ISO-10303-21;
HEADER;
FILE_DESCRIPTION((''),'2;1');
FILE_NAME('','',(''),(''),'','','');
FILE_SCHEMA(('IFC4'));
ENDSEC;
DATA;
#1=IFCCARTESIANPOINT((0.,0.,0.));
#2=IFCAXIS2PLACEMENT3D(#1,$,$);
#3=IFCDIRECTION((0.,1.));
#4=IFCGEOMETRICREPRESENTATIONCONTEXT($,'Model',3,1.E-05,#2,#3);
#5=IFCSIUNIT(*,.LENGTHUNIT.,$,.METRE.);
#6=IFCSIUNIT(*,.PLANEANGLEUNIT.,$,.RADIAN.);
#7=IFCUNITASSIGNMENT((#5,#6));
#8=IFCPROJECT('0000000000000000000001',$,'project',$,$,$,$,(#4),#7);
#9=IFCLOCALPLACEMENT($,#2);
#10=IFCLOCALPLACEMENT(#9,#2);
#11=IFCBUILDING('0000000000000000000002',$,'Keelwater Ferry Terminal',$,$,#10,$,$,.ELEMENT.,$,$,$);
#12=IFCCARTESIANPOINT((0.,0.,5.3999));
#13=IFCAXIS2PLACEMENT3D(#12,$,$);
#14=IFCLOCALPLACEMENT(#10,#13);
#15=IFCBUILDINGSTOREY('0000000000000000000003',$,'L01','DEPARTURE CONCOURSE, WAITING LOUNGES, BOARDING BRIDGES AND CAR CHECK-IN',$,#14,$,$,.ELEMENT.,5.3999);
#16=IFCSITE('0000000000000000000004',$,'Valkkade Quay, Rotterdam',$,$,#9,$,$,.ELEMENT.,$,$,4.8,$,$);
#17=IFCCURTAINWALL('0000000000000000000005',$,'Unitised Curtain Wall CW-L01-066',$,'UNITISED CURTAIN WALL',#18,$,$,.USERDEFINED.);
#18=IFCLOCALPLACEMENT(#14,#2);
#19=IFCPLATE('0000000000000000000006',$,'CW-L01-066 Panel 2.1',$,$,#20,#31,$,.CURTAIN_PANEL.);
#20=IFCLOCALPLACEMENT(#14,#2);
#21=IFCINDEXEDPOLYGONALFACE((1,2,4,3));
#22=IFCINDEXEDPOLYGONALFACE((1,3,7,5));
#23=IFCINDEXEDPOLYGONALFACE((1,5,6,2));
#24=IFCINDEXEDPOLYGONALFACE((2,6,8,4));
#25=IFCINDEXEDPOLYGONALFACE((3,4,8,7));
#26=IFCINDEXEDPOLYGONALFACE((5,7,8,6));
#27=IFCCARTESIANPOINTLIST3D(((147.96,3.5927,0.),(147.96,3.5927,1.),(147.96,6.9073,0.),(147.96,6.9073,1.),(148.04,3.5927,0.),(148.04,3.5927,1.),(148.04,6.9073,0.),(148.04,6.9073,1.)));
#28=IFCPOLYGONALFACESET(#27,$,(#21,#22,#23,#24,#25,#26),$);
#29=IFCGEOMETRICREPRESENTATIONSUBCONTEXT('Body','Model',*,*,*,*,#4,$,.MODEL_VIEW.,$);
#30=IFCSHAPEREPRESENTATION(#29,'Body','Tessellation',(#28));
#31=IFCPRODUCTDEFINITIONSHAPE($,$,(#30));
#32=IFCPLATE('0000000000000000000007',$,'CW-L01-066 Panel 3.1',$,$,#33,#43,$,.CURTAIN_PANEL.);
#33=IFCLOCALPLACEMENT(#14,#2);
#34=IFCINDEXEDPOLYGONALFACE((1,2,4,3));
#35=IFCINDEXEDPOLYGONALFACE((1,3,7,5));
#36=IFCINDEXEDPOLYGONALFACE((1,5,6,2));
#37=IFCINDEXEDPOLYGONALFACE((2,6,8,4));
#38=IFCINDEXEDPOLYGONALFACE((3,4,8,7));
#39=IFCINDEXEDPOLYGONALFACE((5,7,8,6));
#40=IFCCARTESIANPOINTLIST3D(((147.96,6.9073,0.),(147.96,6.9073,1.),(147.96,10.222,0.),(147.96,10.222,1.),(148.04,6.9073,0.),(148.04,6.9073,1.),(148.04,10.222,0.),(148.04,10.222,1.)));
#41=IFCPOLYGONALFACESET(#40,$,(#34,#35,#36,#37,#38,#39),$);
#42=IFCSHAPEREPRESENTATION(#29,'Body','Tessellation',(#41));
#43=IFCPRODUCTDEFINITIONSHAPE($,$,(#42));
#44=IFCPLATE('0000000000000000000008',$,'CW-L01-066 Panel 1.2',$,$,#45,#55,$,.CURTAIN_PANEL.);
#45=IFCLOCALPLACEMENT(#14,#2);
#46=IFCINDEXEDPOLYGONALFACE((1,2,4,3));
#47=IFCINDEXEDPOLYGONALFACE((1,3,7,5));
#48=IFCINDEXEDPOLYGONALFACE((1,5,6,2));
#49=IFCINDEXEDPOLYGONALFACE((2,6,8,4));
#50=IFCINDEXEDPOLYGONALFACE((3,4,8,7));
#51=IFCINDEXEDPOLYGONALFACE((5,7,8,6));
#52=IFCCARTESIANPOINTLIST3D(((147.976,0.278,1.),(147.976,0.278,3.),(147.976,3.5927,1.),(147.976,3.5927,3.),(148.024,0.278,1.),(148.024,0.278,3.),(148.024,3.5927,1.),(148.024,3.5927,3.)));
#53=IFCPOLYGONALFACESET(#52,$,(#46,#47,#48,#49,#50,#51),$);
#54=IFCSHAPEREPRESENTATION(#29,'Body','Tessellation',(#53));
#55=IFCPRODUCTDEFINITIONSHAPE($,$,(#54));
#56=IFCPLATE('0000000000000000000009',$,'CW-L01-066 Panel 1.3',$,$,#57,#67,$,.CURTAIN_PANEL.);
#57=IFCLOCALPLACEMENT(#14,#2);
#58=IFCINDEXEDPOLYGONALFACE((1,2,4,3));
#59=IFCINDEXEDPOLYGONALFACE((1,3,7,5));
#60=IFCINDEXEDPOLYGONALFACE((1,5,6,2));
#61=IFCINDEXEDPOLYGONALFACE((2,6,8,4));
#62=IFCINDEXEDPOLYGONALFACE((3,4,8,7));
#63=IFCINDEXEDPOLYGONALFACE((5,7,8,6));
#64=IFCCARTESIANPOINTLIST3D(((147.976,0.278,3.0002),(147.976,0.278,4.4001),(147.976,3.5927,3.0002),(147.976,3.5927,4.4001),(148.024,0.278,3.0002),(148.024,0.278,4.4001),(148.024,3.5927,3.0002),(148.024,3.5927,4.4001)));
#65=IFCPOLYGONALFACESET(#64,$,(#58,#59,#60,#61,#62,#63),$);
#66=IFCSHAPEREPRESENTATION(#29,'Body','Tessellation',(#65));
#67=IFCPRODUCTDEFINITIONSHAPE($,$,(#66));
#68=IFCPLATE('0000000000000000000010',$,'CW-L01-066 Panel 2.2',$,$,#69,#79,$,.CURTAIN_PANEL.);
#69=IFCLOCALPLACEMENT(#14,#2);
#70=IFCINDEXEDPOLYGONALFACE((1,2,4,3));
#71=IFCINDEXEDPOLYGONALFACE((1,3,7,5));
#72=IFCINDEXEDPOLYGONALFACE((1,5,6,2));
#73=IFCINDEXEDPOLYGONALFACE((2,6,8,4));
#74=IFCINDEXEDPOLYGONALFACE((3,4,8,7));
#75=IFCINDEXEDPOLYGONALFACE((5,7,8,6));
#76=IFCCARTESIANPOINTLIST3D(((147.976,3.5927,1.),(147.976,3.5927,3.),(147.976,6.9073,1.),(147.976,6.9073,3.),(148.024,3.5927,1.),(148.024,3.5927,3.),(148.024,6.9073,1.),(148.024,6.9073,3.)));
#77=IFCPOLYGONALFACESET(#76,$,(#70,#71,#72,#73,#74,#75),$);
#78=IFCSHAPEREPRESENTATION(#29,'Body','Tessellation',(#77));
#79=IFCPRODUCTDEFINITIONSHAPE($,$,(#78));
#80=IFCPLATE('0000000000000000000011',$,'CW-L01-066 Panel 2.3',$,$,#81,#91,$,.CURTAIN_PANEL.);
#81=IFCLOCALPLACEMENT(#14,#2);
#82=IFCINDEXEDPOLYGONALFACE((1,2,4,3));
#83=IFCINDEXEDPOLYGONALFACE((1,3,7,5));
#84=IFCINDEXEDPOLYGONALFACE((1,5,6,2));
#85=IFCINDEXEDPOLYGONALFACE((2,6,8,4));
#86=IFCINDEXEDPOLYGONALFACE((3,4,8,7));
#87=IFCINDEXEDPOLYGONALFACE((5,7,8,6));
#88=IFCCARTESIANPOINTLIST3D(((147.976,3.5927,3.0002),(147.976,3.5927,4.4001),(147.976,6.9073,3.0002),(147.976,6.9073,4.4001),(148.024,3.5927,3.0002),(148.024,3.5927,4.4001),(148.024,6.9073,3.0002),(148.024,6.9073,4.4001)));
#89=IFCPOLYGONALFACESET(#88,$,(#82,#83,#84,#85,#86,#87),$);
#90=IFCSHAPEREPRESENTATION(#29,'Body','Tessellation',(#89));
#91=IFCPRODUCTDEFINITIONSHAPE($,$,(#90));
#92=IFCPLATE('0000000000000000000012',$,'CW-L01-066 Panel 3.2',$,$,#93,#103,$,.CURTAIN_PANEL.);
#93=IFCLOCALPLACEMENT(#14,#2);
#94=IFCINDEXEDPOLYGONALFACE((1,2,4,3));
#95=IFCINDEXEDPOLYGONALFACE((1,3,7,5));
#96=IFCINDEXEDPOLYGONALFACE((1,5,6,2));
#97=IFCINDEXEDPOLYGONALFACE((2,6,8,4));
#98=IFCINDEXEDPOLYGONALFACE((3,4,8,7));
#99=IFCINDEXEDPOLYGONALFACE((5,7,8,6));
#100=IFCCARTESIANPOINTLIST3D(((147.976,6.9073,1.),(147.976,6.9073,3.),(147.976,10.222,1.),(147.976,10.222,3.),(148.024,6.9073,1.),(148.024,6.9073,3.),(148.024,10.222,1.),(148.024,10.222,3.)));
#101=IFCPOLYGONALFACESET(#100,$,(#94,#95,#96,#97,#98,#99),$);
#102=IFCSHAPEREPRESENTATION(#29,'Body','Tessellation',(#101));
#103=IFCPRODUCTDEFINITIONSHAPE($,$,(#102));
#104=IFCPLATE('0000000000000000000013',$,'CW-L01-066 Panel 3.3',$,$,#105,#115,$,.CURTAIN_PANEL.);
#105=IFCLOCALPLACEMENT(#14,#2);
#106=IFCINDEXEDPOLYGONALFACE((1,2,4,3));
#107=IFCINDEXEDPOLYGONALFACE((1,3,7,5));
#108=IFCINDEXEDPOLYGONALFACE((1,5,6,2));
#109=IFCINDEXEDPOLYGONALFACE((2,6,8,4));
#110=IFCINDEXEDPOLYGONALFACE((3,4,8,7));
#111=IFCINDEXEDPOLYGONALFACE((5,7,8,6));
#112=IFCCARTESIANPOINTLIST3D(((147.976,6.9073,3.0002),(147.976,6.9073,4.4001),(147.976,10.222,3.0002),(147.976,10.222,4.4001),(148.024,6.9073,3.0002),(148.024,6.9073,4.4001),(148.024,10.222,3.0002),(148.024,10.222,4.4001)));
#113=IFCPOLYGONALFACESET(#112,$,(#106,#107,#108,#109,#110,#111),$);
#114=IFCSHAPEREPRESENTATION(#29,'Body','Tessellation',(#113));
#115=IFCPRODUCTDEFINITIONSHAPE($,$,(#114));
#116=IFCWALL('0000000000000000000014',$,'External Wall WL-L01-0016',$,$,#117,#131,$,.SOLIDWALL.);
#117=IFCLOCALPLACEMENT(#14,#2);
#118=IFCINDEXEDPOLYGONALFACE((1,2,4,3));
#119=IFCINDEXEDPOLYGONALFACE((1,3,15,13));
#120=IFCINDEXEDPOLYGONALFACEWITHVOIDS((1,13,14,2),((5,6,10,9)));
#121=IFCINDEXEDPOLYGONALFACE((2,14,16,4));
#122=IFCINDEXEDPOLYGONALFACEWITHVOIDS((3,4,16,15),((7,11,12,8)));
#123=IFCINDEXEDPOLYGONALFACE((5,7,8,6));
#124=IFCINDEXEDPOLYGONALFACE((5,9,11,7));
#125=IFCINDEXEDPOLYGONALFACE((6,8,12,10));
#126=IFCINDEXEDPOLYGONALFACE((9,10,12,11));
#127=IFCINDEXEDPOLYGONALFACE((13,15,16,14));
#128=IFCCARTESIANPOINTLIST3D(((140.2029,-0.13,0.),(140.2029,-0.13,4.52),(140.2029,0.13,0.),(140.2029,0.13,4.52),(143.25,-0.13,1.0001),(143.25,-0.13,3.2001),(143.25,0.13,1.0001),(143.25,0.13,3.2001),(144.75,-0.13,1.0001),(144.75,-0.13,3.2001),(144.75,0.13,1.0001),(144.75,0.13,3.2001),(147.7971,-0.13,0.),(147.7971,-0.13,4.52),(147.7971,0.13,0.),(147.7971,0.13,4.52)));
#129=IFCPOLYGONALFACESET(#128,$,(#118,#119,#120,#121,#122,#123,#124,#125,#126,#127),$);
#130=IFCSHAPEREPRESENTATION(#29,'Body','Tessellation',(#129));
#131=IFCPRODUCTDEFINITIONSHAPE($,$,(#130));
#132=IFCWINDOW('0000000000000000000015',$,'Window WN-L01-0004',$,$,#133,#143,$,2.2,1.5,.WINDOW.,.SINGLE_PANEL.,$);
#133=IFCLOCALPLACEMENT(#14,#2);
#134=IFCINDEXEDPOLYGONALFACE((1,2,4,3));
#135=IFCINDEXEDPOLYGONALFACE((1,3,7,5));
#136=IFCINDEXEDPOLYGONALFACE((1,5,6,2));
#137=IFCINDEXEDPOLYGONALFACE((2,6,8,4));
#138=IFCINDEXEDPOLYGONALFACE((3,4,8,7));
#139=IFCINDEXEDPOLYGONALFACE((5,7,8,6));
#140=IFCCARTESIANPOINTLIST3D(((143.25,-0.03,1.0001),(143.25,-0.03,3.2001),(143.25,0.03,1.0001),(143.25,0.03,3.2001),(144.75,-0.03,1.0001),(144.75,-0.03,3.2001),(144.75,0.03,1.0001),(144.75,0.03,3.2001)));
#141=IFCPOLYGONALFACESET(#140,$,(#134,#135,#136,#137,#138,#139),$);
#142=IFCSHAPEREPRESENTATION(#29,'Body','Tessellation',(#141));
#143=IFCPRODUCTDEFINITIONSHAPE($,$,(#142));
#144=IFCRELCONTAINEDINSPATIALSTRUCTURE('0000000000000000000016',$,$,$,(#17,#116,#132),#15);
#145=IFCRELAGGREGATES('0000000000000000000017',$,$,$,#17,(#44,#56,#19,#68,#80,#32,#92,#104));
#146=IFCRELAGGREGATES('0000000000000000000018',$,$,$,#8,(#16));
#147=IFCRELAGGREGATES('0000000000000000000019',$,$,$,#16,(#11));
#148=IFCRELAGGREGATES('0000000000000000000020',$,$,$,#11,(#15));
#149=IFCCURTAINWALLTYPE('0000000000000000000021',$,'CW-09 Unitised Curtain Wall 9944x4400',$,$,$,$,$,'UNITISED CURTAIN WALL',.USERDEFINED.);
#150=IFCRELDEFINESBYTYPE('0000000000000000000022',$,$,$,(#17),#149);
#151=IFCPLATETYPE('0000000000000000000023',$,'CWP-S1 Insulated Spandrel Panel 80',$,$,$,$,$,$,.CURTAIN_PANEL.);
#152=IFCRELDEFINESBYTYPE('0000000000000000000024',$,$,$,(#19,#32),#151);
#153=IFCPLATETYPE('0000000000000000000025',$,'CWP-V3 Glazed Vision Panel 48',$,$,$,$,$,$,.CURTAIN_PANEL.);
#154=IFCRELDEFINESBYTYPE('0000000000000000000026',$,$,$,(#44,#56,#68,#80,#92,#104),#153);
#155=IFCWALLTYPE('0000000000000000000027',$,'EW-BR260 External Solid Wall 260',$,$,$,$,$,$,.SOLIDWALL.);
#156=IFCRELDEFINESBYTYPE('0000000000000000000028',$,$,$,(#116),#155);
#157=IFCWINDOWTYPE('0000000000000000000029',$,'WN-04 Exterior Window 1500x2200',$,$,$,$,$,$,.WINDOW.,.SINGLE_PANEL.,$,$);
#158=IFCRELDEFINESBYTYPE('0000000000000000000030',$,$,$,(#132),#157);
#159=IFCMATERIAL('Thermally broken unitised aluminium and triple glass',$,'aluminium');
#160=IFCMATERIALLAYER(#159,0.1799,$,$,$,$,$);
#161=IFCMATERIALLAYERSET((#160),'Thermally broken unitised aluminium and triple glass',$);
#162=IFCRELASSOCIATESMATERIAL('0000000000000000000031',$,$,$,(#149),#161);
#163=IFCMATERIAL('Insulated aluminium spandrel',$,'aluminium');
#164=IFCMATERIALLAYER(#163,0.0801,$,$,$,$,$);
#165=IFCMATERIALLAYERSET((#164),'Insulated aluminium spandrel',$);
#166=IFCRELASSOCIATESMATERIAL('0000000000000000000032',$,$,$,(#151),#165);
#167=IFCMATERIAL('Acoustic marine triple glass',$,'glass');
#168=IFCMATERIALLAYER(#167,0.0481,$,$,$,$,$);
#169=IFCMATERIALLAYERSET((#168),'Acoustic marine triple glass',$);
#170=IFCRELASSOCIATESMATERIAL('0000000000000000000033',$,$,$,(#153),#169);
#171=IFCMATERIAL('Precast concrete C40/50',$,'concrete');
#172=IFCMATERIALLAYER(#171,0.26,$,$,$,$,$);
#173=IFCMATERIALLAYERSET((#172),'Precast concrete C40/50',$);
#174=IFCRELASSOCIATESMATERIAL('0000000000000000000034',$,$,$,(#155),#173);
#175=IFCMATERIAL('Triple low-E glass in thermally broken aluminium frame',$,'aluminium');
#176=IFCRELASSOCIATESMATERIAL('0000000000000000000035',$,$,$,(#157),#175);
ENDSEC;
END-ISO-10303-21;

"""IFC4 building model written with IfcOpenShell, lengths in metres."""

from ifc_helpers import new_model, si_unit, direction, frame, frame_2d, origin, origin_2d, place, context, subcontext, project, spatial, rectangle, extrude, material, layer, layer_set, type_object, element, fill, aggregate, save


model = new_model("IFC4")

# Units and contexts
model_context = context("Model", 3, precision=1e-05, world=origin(), true_north=direction((0.0, 1.0)))
body_context = subcontext(model_context, "Body", "Model", "MODEL_VIEW")
ifc_project = project(units=[si_unit("LENGTHUNIT", "METRE"), si_unit("PLANEANGLEUNIT", "RADIAN")], contexts=[model_context])

# Site, building, storey
site_placement = place(None, origin())
site = spatial("IfcSite", under=ifc_project, at=site_placement, Name="Valkkade Quay, Rotterdam", CompositionType="ELEMENT", RefElevation=4.8)
building_placement = place(site_placement, origin())
building = spatial("IfcBuilding", under=site, at=building_placement, Name="Keelwater Ferry Terminal", CompositionType="ELEMENT")
storey_placement = place(building_placement, frame((0.0, 0.0, 5.3999)))
storey = spatial("IfcBuildingStorey", under=building, at=storey_placement, Name="L01", Description="DEPARTURE CONCOURSE, WAITING LOUNGES, BOARDING BRIDGES AND CAR CHECK-IN", CompositionType="ELEMENT", Elevation=5.3999)

# Curtain wall
ifc_material_1 = material(Name="Thermally broken unitised aluminium and triple glass", Category="aluminium")
ifc_layer_1 = layer(ifc_material_1, 0.1799)
ifc_layer_set_1 = layer_set([ifc_layer_1], Name="Thermally broken unitised aluminium and triple glass")
curtain_wall_type = type_object("IfcCurtainWallType", Name="CW-09 Unitised Curtain Wall 9944x4400", ElementType="UNITISED CURTAIN WALL", PredefinedType="USERDEFINED", material=ifc_layer_set_1)
curtain_wall_placement = place(storey_placement, origin())
curtain_wall = element("IfcCurtainWall", 1, at=curtain_wall_placement, inside=storey, type_object=curtain_wall_type, Name="Unitised Curtain Wall CW-L01-066", ObjectType="UNITISED CURTAIN WALL", PredefinedType="USERDEFINED")

# Plates
ifc_material_2 = material(Name="Insulated aluminium spandrel", Category="aluminium")
ifc_layer_2 = layer(ifc_material_2, 0.0801)
ifc_layer_set_2 = layer_set([ifc_layer_2], Name="Insulated aluminium spandrel")
plate_type_1 = type_object("IfcPlateType", Name="CWP-S1 Insulated Spandrel Panel 80", PredefinedType="CURTAIN_PANEL", material=ifc_layer_set_2)
plate_1_placement = place(storey_placement, frame((148.0, 5.25, 0.0), z_axis=(0.0, 0.0, 1.0), x_axis=(0.0, 1.0, 0.0)))
plate_1 = element("IfcPlate", 2, at=plate_1_placement, type_object=plate_type_1, Name="CW-L01-066 Panel 2.1", PredefinedType="CURTAIN_PANEL", context=body_context, shape_type="SweptSolid", body=[
    extrude(rectangle(XDim=3.3147, YDim=0.0801, at=origin_2d()), origin(), (0.0, 0.0, 1.0), 1.0),
])
plate_2_placement = place(storey_placement, frame((148.0, 8.5647, 0.0), z_axis=(0.0, 0.0, 1.0), x_axis=(0.0, 1.0, 0.0)))
plate_2 = element("IfcPlate", 3, at=plate_2_placement, type_object=plate_type_1, Name="CW-L01-066 Panel 3.1", PredefinedType="CURTAIN_PANEL", context=body_context, shape_type="SweptSolid", body=[
    extrude(rectangle(XDim=3.3147, YDim=0.0801, at=origin_2d()), origin(), (0.0, 0.0, 1.0), 1.0),
])
ifc_material_3 = material(Name="Acoustic marine triple glass", Category="glass")
ifc_layer_3 = layer(ifc_material_3, 0.0481)
ifc_layer_set_3 = layer_set([ifc_layer_3], Name="Acoustic marine triple glass")
plate_type_2 = type_object("IfcPlateType", Name="CWP-V3 Glazed Vision Panel 48", PredefinedType="CURTAIN_PANEL", material=ifc_layer_set_3)
plate_3_placement = place(storey_placement, frame((148.0, 1.9353, 1.0), z_axis=(0.0, 0.0, 1.0), x_axis=(0.0, 1.0, 0.0)))
plate_3 = element("IfcPlate", 4, at=plate_3_placement, type_object=plate_type_2, Name="CW-L01-066 Panel 1.2", PredefinedType="CURTAIN_PANEL", context=body_context, shape_type="SweptSolid", body=[
    extrude(rectangle(XDim=3.3147, YDim=0.0481, at=origin_2d()), origin(), (0.0, 0.0, 1.0), 2.0),
])
plate_4_placement = place(storey_placement, frame((148.0, 1.9353, 3.0002), z_axis=(0.0, 0.0, 1.0), x_axis=(0.0, 1.0, 0.0)))
plate_4 = element("IfcPlate", 5, at=plate_4_placement, type_object=plate_type_2, Name="CW-L01-066 Panel 1.3", PredefinedType="CURTAIN_PANEL", context=body_context, shape_type="SweptSolid", body=[
    extrude(rectangle(XDim=3.3147, YDim=0.0481, at=origin_2d()), origin(), (0.0, 0.0, 1.0), 1.3999),
])
plate_5_placement = place(storey_placement, frame((148.0, 5.25, 1.0), z_axis=(0.0, 0.0, 1.0), x_axis=(0.0, 1.0, 0.0)))
plate_5 = element("IfcPlate", 6, at=plate_5_placement, type_object=plate_type_2, Name="CW-L01-066 Panel 2.2", PredefinedType="CURTAIN_PANEL", context=body_context, shape_type="SweptSolid", body=[
    extrude(rectangle(XDim=3.3147, YDim=0.0481, at=origin_2d()), origin(), (0.0, 0.0, 1.0), 2.0),
])
plate_6_placement = place(storey_placement, frame((148.0, 5.25, 3.0002), z_axis=(0.0, 0.0, 1.0), x_axis=(0.0, 1.0, 0.0)))
plate_6 = element("IfcPlate", 7, at=plate_6_placement, type_object=plate_type_2, Name="CW-L01-066 Panel 2.3", PredefinedType="CURTAIN_PANEL", context=body_context, shape_type="SweptSolid", body=[
    extrude(rectangle(XDim=3.3147, YDim=0.0481, at=origin_2d()), origin(), (0.0, 0.0, 1.0), 1.3999),
])
plate_7_placement = place(storey_placement, frame((148.0, 8.5647, 1.0), z_axis=(0.0, 0.0, 1.0), x_axis=(0.0, 1.0, 0.0)))
plate_7 = element("IfcPlate", 8, at=plate_7_placement, type_object=plate_type_2, Name="CW-L01-066 Panel 3.2", PredefinedType="CURTAIN_PANEL", context=body_context, shape_type="SweptSolid", body=[
    extrude(rectangle(XDim=3.3147, YDim=0.0481, at=origin_2d()), origin(), (0.0, 0.0, 1.0), 2.0),
])
plate_8_placement = place(storey_placement, frame((148.0, 8.5647, 3.0002), z_axis=(0.0, 0.0, 1.0), x_axis=(0.0, 1.0, 0.0)))
plate_8 = element("IfcPlate", 9, at=plate_8_placement, type_object=plate_type_2, Name="CW-L01-066 Panel 3.3", PredefinedType="CURTAIN_PANEL", context=body_context, shape_type="SweptSolid", body=[
    extrude(rectangle(XDim=3.3147, YDim=0.0481, at=origin_2d()), origin(), (0.0, 0.0, 1.0), 1.3999),
])
aggregate(curtain_wall, [plate_3, plate_4, plate_1, plate_5, plate_6, plate_2, plate_7, plate_8])

# Wall, opening, window
ifc_material_4 = material(Name="Precast concrete C40/50", Category="concrete")
ifc_layer_4 = layer(ifc_material_4, 0.26)
ifc_layer_set_4 = layer_set([ifc_layer_4], Name="Precast concrete C40/50")
wall_type = type_object("IfcWallType", Name="EW-BR260 External Solid Wall 260", PredefinedType="SOLIDWALL", material=ifc_layer_set_4)
wall_placement = place(storey_placement, frame((147.7971, 0.0, 0.0), z_axis=(0.0, 0.0, 1.0), x_axis=(-1.0, 0.0, 0.0)))
wall = element("IfcWall", 10, at=wall_placement, inside=storey, type_object=wall_type, Name="External Wall WL-L01-0016", PredefinedType="SOLIDWALL", context=body_context, shape_type="SweptSolid", body=[
    extrude(rectangle(XDim=7.5942, YDim=0.26, at=frame_2d((3.7971, 0.0))), origin(), (0.0, 0.0, 1.0), 4.52),
])
opening_placement = place(wall_placement, frame((3.0471, 0.0, 1.0)))
opening = element("IfcOpeningElement", 11, at=opening_placement, cuts=wall, PredefinedType="OPENING", context=body_context, shape_type="SweptSolid", body=[
    extrude(rectangle(XDim=1.5, YDim=2.2, at=frame_2d((0.75, 1.1001))), frame((0.0, 0.1399, 0.0), z_axis=(0.0, -1.0, 0.0), x_axis=(1.0, 0.0, 0.0)), (0.0, 0.0, 1.0), 0.28),
])
ifc_material_5 = material(Name="Triple low-E glass in thermally broken aluminium frame", Category="aluminium")
window_type = type_object("IfcWindowType", Name="WN-04 Exterior Window 1500x2200", PartitioningType="SINGLE_PANEL", PredefinedType="WINDOW", material=ifc_material_5)
window_placement = place(opening_placement, origin())
window = element("IfcWindow", 12, at=window_placement, inside=storey, type_object=window_type, Name="Window WN-L01-0004", OverallHeight=2.2, OverallWidth=1.5, PartitioningType="SINGLE_PANEL", PredefinedType="WINDOW", context=body_context, shape_type="SweptSolid", body=[
    extrude(rectangle(XDim=1.5, YDim=2.2, at=frame_2d((0.75, 1.1001))), frame((0.0, 0.03, 0.0), z_axis=(0.0, -1.0, 0.0), x_axis=(1.0, 0.0, 0.0)), (0.0, 0.0, 1.0), 0.0601),
])
fill(opening, window)

save(model, "model.ifc")
